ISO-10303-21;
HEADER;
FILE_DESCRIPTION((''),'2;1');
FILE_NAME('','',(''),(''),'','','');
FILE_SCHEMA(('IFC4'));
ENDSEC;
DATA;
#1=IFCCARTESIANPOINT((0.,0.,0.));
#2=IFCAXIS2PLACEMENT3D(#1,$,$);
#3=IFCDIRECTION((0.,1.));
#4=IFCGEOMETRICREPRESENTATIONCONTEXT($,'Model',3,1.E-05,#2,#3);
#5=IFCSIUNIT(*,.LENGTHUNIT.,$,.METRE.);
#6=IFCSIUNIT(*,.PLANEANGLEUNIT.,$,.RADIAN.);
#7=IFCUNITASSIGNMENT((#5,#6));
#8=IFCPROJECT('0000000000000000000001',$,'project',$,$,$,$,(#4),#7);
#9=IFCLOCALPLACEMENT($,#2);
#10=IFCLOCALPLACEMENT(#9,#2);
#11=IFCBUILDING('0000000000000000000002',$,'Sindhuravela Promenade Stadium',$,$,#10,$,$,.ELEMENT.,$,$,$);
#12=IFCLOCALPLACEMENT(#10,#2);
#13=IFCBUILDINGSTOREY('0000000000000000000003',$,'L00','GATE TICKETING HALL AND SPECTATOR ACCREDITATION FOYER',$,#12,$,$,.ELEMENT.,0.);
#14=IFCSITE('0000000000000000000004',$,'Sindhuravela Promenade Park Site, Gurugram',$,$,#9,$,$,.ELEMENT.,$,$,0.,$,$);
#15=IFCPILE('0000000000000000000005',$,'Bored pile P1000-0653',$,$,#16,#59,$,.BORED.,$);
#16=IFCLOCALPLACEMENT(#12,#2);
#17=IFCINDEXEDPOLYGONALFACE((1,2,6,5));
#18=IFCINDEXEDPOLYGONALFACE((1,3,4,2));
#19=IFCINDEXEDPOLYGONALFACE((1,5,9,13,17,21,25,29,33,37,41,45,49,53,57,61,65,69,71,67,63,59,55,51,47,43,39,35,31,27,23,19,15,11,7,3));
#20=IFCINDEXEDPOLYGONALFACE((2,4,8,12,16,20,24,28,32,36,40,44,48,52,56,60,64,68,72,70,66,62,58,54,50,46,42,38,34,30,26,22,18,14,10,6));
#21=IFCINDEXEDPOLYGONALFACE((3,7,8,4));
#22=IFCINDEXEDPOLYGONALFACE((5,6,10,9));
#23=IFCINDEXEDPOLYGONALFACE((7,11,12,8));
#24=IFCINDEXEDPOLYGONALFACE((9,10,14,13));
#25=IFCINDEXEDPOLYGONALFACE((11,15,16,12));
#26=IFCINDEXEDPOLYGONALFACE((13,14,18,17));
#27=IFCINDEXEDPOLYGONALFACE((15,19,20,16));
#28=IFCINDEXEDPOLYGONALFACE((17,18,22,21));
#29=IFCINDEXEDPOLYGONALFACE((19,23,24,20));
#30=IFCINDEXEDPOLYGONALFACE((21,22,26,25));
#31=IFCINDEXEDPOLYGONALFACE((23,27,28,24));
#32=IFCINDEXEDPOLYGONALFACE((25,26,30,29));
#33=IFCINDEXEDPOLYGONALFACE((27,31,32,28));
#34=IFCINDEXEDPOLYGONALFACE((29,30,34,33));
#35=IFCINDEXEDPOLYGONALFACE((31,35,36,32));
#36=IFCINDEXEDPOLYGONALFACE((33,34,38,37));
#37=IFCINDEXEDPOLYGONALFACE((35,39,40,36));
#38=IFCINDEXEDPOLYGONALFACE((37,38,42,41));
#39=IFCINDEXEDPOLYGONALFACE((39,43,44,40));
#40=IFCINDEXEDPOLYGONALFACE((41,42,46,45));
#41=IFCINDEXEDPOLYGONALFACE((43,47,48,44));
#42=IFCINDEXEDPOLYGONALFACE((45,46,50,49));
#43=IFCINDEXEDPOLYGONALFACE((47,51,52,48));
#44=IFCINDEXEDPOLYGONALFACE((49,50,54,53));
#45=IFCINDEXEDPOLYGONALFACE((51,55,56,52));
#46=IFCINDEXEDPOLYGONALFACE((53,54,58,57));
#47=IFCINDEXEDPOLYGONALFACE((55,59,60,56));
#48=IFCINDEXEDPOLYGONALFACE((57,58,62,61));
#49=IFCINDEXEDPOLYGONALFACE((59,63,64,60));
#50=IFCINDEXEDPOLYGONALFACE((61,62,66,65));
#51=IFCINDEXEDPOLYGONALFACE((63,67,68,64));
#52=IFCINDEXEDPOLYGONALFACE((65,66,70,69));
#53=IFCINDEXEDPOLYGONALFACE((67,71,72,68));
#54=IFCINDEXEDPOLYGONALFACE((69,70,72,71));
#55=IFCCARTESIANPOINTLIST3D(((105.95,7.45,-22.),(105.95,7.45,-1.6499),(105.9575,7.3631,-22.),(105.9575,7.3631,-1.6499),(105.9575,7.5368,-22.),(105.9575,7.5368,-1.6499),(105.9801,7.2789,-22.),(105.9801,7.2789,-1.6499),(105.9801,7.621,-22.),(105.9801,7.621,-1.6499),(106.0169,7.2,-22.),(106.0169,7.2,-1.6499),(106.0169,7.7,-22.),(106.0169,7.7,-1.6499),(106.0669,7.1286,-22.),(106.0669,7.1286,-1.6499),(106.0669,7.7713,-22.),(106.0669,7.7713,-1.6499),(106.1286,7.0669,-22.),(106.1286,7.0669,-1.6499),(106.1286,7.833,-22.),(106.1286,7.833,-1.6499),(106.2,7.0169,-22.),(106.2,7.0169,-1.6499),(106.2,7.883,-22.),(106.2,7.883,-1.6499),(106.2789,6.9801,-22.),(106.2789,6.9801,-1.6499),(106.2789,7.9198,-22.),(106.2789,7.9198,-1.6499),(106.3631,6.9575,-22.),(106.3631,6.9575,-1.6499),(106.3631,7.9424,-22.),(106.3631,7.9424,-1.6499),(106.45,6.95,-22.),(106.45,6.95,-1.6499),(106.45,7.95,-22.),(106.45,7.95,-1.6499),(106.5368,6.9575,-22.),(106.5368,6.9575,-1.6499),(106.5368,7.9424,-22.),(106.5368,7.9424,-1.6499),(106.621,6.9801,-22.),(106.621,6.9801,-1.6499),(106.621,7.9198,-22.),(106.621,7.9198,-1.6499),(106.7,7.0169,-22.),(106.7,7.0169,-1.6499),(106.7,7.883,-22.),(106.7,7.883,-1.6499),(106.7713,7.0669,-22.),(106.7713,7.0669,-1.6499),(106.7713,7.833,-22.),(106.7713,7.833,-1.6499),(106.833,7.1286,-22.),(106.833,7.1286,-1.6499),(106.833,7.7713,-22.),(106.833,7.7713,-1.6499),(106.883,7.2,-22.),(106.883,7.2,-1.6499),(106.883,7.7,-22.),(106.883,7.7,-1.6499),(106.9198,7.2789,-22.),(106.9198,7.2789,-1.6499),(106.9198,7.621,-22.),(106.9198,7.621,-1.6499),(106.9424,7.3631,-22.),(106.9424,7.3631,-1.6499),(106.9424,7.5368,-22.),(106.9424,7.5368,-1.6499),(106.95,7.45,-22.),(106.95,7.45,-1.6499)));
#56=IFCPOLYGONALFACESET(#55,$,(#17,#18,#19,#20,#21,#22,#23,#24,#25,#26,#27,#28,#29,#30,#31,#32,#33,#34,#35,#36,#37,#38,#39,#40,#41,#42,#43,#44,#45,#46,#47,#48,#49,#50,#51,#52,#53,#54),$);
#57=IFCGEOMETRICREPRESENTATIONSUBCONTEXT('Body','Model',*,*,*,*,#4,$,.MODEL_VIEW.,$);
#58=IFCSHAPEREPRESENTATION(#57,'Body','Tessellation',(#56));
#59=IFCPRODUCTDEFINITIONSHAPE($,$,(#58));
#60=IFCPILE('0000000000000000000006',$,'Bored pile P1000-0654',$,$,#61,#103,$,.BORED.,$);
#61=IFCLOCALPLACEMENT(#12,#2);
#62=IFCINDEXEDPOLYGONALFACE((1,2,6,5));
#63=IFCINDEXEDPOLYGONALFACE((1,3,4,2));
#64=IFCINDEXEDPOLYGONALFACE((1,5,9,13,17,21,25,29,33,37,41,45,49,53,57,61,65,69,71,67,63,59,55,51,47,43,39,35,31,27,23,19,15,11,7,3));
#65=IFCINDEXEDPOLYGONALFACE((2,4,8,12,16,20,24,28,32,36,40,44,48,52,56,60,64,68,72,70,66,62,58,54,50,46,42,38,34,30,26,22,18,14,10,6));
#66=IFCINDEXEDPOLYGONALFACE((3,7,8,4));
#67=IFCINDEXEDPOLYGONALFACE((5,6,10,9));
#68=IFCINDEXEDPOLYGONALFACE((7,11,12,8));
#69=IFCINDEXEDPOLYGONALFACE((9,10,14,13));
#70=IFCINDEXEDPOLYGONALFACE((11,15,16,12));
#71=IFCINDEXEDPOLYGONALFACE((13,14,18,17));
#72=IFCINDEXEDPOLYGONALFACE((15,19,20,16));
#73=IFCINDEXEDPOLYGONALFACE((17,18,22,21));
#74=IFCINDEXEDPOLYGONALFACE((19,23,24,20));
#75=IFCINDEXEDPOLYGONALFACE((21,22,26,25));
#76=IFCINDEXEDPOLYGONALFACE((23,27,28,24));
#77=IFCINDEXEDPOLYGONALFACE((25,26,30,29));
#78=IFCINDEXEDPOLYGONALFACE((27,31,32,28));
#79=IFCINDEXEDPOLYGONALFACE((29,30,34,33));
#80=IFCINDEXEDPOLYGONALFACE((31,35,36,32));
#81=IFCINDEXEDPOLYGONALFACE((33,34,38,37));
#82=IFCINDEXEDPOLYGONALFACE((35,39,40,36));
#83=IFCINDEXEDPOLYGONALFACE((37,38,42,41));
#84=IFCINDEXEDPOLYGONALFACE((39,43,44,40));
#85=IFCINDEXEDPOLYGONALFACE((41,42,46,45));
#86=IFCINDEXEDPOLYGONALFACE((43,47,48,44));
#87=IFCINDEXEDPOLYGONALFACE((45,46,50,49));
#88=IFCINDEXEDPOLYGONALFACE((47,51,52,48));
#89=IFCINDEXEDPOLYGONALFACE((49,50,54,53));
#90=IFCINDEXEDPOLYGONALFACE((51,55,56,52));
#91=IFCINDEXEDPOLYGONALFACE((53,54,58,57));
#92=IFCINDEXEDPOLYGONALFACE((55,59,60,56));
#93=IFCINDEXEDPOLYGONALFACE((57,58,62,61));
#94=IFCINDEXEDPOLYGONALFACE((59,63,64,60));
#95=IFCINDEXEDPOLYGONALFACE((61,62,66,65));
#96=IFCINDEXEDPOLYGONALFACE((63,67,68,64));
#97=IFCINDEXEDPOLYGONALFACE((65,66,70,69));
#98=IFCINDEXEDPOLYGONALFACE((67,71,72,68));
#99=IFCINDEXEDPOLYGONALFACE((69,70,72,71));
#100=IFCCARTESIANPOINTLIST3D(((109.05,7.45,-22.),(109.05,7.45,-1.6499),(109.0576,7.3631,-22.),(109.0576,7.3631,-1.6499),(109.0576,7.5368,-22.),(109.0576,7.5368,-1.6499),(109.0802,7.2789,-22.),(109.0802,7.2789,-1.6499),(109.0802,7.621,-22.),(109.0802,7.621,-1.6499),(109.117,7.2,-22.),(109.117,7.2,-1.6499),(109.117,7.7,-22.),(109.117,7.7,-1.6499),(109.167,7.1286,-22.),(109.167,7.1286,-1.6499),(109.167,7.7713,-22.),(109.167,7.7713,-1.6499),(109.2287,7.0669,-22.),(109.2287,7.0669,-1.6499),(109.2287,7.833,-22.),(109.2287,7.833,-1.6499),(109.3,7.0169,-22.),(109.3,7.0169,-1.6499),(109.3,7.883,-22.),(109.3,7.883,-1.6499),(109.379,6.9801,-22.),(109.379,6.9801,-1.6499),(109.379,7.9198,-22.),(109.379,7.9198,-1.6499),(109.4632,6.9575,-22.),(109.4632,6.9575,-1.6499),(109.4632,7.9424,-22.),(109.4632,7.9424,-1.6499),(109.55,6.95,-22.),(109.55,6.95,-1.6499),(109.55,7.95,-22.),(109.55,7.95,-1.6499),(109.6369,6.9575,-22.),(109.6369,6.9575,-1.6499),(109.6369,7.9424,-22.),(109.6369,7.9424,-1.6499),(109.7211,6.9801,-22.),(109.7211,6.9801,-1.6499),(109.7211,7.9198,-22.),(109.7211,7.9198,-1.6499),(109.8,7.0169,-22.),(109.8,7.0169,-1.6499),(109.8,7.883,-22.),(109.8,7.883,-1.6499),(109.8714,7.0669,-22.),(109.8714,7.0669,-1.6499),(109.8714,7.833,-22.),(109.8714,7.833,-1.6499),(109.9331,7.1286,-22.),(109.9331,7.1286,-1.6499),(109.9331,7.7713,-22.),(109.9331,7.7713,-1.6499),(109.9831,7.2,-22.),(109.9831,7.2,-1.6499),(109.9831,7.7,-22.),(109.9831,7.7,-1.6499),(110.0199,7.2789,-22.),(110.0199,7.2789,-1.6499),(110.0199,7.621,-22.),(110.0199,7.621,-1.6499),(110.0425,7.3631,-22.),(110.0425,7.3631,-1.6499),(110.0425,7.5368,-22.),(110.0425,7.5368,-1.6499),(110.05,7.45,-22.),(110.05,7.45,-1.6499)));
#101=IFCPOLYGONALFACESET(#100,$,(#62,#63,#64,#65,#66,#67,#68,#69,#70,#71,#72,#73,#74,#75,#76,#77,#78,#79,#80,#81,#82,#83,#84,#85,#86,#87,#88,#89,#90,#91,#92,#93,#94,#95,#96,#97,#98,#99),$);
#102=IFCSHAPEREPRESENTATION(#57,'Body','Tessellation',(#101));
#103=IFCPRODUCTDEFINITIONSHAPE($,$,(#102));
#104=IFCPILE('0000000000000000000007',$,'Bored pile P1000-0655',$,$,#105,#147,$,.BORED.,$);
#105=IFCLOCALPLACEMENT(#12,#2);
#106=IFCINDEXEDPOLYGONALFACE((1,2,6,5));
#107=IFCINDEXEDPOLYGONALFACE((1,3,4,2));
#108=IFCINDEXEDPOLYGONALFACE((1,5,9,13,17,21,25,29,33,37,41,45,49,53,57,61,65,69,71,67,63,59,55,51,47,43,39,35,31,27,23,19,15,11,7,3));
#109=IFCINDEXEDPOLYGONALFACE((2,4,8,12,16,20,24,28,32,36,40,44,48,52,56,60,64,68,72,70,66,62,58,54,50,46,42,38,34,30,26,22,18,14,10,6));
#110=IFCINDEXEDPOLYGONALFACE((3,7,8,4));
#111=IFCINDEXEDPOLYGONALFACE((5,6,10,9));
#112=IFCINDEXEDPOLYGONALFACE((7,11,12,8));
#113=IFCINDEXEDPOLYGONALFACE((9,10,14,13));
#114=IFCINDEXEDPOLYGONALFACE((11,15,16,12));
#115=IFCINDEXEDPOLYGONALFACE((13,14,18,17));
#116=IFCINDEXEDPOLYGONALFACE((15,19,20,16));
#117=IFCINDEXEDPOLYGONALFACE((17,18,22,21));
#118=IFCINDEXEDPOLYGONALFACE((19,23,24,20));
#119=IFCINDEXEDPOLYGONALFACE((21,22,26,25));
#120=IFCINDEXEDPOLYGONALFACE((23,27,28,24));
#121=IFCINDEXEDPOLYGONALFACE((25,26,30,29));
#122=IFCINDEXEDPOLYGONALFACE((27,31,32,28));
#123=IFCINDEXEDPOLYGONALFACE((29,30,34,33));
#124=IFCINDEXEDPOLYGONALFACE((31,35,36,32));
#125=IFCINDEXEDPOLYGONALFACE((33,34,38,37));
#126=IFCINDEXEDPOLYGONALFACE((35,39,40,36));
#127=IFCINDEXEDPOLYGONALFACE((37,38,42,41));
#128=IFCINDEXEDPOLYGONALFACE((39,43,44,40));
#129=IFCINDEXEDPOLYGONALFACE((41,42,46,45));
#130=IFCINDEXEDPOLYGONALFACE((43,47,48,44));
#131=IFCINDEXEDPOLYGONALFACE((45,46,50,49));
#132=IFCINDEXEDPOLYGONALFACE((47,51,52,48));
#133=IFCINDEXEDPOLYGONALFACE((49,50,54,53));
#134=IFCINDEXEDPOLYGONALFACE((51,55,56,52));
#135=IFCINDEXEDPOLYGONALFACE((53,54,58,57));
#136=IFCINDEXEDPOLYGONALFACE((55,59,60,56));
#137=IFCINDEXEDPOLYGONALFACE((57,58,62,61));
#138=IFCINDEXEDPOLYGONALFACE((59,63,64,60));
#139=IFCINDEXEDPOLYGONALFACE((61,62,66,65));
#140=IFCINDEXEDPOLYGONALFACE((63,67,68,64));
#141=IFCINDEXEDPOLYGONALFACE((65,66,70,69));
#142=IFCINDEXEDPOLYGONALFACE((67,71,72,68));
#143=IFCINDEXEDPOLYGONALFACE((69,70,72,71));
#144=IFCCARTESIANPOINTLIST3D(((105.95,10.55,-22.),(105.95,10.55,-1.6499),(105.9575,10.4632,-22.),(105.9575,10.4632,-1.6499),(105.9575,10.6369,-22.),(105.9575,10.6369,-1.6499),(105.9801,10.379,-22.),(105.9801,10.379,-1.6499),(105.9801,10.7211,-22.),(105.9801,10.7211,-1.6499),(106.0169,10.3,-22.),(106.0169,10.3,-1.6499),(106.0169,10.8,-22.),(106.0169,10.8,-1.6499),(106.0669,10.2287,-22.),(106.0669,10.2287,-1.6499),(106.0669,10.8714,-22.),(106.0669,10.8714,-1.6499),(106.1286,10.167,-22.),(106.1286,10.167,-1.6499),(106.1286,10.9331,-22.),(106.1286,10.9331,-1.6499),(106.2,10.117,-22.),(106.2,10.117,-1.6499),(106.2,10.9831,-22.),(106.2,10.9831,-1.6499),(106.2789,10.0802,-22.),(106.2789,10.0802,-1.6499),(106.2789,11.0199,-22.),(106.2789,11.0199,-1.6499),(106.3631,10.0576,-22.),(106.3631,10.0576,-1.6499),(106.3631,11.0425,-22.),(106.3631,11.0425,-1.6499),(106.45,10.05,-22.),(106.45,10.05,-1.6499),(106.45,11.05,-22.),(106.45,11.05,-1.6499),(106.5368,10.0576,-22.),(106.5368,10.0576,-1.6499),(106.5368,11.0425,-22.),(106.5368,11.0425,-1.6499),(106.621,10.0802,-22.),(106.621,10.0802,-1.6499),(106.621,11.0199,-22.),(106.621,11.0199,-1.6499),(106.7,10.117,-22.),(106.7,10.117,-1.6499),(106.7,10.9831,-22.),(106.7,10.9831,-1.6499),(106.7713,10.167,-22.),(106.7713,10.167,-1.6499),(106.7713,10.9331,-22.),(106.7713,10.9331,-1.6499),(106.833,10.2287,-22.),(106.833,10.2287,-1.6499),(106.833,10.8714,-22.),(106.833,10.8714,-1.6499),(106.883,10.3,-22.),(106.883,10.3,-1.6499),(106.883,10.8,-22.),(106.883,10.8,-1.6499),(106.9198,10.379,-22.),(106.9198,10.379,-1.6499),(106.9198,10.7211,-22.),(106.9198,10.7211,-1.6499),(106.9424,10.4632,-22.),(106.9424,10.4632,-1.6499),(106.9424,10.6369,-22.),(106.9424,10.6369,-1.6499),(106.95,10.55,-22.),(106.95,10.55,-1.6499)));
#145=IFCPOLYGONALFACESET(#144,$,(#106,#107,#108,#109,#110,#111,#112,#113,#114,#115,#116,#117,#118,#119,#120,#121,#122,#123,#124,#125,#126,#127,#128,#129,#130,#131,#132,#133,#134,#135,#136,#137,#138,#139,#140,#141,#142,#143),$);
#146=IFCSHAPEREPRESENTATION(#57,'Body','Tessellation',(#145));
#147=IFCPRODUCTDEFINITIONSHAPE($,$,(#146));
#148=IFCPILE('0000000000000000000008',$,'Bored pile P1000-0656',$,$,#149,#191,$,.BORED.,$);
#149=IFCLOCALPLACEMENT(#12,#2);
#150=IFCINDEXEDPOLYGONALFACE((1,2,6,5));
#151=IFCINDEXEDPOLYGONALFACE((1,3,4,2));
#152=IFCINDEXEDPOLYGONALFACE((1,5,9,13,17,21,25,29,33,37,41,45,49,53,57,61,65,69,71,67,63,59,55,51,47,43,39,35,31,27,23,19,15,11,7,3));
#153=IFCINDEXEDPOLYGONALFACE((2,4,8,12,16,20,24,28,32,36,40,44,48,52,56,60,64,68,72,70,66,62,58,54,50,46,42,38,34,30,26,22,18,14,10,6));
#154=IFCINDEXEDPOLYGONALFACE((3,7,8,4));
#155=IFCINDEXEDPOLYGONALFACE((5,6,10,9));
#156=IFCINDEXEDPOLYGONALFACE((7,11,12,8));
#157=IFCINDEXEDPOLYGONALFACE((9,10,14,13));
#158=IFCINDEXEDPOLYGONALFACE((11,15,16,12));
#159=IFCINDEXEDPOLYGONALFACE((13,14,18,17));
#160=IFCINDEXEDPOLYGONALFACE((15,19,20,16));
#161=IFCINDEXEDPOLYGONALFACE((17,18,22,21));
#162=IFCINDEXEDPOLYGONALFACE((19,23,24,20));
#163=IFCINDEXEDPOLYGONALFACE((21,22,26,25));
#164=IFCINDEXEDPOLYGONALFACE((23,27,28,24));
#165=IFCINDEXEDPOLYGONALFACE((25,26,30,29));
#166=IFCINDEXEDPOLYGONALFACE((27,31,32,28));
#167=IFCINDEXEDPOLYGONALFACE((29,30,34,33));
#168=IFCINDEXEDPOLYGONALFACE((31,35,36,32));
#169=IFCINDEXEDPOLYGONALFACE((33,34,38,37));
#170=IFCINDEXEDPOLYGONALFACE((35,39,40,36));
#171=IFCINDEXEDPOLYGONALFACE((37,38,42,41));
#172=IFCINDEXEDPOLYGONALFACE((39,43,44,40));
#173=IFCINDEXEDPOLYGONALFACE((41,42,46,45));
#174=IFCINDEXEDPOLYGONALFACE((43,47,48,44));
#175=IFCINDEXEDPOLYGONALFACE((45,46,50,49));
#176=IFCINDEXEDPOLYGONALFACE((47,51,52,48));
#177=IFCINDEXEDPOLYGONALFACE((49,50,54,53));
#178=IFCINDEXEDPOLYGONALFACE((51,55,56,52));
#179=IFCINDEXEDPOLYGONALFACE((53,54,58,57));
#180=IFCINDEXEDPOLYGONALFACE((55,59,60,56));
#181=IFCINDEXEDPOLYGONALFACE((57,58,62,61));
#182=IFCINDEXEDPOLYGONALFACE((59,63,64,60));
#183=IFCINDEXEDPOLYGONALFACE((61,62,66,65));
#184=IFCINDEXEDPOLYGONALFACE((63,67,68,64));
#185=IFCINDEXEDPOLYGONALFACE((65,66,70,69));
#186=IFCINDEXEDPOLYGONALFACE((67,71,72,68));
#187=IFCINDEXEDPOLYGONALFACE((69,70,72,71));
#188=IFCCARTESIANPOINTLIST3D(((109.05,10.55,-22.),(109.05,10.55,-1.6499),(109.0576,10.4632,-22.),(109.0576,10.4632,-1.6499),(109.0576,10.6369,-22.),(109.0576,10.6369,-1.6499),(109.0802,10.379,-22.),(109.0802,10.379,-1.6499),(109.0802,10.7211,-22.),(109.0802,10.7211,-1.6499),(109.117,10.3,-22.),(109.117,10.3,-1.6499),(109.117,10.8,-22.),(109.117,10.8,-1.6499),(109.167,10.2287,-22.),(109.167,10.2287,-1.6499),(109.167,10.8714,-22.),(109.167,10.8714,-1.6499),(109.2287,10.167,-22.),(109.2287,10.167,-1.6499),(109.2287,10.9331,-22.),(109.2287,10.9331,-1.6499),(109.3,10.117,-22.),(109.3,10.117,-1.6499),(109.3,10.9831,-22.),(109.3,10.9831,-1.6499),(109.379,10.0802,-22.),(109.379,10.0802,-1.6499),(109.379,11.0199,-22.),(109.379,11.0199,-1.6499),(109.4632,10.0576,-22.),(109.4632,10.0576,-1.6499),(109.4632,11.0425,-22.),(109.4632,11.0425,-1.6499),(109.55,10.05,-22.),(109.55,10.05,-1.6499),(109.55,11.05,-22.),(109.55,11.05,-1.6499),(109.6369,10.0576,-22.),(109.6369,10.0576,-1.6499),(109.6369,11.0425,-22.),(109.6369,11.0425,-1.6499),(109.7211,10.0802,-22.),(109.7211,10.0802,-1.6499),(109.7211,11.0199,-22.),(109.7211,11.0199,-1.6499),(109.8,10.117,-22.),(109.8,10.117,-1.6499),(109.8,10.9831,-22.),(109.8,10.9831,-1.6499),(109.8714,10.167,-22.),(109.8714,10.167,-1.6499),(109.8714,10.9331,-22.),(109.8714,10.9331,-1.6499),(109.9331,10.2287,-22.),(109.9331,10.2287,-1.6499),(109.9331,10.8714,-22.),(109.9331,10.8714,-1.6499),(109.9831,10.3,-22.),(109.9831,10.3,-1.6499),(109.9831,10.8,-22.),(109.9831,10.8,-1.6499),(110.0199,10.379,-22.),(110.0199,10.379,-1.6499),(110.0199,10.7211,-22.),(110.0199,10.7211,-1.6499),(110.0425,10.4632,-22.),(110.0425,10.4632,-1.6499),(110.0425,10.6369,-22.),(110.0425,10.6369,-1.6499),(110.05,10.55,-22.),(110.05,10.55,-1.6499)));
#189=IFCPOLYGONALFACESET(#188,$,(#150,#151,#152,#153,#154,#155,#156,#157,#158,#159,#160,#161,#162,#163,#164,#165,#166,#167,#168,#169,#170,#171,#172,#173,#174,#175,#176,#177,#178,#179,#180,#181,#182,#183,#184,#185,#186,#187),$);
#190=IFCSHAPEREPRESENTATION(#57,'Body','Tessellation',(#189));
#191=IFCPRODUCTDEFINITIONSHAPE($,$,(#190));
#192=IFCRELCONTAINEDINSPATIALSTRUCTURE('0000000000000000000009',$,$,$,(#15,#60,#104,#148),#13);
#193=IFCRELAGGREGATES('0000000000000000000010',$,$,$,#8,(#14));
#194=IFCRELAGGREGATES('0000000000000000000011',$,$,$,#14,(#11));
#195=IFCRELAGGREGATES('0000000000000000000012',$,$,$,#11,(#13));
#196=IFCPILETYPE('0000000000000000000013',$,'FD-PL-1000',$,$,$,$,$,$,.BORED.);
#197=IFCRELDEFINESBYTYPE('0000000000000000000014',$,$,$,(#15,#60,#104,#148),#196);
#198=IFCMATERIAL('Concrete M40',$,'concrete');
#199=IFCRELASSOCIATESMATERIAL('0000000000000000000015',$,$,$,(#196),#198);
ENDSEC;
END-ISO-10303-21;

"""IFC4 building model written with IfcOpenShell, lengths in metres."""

from ifc_helpers import new_model, si_unit, direction, frame, origin, origin_2d, place, context, subcontext, project, spatial, circle, extrude, material, material_profile, profile_set, type_object, element, save


model = new_model("IFC4")

# Units and contexts
model_context = context("Model", 3, precision=1e-05, world=origin(), true_north=direction((0.0, 1.0)))
body_context = subcontext(model_context, "Body", "Model", "MODEL_VIEW")
ifc_project = project(units=[si_unit("LENGTHUNIT", "METRE"), si_unit("PLANEANGLEUNIT", "RADIAN")], contexts=[model_context])

# Site, building, storey
site_placement = place(None, origin())
site = spatial("IfcSite", under=ifc_project, at=site_placement, Name="Sindhuravela Promenade Park Site, Gurugram", CompositionType="ELEMENT", RefElevation=0.0)
building_placement = place(site_placement, origin())
building = spatial("IfcBuilding", under=site, at=building_placement, Name="Sindhuravela Promenade Stadium", CompositionType="ELEMENT")
storey_placement = place(building_placement, origin())
storey = spatial("IfcBuildingStorey", under=building, at=storey_placement, Name="L00", Description="GATE TICKETING HALL AND SPECTATOR ACCREDITATION FOYER", CompositionType="ELEMENT", Elevation=0.0)

# Piles
ifc_material_1 = material(Name="Concrete M40", Category="concrete")
ifc_material_profile_1 = material_profile(ifc_material_1, circle(Radius=0.5, at=origin_2d()), Name="BORED PILE D1000")
ifc_profile_set_1 = profile_set([ifc_material_profile_1], Name="Concrete M40")
pile_type_1 = type_object("IfcPileType", Name="FD-PL-1000", PredefinedType="BORED", material=ifc_profile_set_1)
for number, where, z_axis, x_axis, name in (
    (1, (106.45, 7.45, -1.6499), (0.0, 0.0, -1.0), (1.0, 0.0, 0.0), "Bored pile P1000-0653"),
    (2, (109.55, 7.45, -1.6499), (0.0, 0.0, -1.0), (1.0, 0.0, 0.0), "Bored pile P1000-0654"),
    (3, (106.45, 10.55, -1.6499), (0.0, 0.0, -1.0), (1.0, 0.0, 0.0), "Bored pile P1000-0655"),
    (4, (109.55, 10.55, -1.6499), (0.0, 0.0, -1.0), (1.0, 0.0, 0.0), "Bored pile P1000-0656"),
):
    element("IfcPile", number, at=place(storey_placement, frame(where, z_axis=z_axis, x_axis=x_axis)), inside=storey, type_object=pile_type_1, Name=name, PredefinedType="BORED", context=body_context, shape_type="SweptSolid", body=[
        extrude(circle(Radius=0.5, at=origin_2d()), origin(), (0.0, 0.0, 1.0), 20.3501),
    ])

save(model, "model.ifc")
